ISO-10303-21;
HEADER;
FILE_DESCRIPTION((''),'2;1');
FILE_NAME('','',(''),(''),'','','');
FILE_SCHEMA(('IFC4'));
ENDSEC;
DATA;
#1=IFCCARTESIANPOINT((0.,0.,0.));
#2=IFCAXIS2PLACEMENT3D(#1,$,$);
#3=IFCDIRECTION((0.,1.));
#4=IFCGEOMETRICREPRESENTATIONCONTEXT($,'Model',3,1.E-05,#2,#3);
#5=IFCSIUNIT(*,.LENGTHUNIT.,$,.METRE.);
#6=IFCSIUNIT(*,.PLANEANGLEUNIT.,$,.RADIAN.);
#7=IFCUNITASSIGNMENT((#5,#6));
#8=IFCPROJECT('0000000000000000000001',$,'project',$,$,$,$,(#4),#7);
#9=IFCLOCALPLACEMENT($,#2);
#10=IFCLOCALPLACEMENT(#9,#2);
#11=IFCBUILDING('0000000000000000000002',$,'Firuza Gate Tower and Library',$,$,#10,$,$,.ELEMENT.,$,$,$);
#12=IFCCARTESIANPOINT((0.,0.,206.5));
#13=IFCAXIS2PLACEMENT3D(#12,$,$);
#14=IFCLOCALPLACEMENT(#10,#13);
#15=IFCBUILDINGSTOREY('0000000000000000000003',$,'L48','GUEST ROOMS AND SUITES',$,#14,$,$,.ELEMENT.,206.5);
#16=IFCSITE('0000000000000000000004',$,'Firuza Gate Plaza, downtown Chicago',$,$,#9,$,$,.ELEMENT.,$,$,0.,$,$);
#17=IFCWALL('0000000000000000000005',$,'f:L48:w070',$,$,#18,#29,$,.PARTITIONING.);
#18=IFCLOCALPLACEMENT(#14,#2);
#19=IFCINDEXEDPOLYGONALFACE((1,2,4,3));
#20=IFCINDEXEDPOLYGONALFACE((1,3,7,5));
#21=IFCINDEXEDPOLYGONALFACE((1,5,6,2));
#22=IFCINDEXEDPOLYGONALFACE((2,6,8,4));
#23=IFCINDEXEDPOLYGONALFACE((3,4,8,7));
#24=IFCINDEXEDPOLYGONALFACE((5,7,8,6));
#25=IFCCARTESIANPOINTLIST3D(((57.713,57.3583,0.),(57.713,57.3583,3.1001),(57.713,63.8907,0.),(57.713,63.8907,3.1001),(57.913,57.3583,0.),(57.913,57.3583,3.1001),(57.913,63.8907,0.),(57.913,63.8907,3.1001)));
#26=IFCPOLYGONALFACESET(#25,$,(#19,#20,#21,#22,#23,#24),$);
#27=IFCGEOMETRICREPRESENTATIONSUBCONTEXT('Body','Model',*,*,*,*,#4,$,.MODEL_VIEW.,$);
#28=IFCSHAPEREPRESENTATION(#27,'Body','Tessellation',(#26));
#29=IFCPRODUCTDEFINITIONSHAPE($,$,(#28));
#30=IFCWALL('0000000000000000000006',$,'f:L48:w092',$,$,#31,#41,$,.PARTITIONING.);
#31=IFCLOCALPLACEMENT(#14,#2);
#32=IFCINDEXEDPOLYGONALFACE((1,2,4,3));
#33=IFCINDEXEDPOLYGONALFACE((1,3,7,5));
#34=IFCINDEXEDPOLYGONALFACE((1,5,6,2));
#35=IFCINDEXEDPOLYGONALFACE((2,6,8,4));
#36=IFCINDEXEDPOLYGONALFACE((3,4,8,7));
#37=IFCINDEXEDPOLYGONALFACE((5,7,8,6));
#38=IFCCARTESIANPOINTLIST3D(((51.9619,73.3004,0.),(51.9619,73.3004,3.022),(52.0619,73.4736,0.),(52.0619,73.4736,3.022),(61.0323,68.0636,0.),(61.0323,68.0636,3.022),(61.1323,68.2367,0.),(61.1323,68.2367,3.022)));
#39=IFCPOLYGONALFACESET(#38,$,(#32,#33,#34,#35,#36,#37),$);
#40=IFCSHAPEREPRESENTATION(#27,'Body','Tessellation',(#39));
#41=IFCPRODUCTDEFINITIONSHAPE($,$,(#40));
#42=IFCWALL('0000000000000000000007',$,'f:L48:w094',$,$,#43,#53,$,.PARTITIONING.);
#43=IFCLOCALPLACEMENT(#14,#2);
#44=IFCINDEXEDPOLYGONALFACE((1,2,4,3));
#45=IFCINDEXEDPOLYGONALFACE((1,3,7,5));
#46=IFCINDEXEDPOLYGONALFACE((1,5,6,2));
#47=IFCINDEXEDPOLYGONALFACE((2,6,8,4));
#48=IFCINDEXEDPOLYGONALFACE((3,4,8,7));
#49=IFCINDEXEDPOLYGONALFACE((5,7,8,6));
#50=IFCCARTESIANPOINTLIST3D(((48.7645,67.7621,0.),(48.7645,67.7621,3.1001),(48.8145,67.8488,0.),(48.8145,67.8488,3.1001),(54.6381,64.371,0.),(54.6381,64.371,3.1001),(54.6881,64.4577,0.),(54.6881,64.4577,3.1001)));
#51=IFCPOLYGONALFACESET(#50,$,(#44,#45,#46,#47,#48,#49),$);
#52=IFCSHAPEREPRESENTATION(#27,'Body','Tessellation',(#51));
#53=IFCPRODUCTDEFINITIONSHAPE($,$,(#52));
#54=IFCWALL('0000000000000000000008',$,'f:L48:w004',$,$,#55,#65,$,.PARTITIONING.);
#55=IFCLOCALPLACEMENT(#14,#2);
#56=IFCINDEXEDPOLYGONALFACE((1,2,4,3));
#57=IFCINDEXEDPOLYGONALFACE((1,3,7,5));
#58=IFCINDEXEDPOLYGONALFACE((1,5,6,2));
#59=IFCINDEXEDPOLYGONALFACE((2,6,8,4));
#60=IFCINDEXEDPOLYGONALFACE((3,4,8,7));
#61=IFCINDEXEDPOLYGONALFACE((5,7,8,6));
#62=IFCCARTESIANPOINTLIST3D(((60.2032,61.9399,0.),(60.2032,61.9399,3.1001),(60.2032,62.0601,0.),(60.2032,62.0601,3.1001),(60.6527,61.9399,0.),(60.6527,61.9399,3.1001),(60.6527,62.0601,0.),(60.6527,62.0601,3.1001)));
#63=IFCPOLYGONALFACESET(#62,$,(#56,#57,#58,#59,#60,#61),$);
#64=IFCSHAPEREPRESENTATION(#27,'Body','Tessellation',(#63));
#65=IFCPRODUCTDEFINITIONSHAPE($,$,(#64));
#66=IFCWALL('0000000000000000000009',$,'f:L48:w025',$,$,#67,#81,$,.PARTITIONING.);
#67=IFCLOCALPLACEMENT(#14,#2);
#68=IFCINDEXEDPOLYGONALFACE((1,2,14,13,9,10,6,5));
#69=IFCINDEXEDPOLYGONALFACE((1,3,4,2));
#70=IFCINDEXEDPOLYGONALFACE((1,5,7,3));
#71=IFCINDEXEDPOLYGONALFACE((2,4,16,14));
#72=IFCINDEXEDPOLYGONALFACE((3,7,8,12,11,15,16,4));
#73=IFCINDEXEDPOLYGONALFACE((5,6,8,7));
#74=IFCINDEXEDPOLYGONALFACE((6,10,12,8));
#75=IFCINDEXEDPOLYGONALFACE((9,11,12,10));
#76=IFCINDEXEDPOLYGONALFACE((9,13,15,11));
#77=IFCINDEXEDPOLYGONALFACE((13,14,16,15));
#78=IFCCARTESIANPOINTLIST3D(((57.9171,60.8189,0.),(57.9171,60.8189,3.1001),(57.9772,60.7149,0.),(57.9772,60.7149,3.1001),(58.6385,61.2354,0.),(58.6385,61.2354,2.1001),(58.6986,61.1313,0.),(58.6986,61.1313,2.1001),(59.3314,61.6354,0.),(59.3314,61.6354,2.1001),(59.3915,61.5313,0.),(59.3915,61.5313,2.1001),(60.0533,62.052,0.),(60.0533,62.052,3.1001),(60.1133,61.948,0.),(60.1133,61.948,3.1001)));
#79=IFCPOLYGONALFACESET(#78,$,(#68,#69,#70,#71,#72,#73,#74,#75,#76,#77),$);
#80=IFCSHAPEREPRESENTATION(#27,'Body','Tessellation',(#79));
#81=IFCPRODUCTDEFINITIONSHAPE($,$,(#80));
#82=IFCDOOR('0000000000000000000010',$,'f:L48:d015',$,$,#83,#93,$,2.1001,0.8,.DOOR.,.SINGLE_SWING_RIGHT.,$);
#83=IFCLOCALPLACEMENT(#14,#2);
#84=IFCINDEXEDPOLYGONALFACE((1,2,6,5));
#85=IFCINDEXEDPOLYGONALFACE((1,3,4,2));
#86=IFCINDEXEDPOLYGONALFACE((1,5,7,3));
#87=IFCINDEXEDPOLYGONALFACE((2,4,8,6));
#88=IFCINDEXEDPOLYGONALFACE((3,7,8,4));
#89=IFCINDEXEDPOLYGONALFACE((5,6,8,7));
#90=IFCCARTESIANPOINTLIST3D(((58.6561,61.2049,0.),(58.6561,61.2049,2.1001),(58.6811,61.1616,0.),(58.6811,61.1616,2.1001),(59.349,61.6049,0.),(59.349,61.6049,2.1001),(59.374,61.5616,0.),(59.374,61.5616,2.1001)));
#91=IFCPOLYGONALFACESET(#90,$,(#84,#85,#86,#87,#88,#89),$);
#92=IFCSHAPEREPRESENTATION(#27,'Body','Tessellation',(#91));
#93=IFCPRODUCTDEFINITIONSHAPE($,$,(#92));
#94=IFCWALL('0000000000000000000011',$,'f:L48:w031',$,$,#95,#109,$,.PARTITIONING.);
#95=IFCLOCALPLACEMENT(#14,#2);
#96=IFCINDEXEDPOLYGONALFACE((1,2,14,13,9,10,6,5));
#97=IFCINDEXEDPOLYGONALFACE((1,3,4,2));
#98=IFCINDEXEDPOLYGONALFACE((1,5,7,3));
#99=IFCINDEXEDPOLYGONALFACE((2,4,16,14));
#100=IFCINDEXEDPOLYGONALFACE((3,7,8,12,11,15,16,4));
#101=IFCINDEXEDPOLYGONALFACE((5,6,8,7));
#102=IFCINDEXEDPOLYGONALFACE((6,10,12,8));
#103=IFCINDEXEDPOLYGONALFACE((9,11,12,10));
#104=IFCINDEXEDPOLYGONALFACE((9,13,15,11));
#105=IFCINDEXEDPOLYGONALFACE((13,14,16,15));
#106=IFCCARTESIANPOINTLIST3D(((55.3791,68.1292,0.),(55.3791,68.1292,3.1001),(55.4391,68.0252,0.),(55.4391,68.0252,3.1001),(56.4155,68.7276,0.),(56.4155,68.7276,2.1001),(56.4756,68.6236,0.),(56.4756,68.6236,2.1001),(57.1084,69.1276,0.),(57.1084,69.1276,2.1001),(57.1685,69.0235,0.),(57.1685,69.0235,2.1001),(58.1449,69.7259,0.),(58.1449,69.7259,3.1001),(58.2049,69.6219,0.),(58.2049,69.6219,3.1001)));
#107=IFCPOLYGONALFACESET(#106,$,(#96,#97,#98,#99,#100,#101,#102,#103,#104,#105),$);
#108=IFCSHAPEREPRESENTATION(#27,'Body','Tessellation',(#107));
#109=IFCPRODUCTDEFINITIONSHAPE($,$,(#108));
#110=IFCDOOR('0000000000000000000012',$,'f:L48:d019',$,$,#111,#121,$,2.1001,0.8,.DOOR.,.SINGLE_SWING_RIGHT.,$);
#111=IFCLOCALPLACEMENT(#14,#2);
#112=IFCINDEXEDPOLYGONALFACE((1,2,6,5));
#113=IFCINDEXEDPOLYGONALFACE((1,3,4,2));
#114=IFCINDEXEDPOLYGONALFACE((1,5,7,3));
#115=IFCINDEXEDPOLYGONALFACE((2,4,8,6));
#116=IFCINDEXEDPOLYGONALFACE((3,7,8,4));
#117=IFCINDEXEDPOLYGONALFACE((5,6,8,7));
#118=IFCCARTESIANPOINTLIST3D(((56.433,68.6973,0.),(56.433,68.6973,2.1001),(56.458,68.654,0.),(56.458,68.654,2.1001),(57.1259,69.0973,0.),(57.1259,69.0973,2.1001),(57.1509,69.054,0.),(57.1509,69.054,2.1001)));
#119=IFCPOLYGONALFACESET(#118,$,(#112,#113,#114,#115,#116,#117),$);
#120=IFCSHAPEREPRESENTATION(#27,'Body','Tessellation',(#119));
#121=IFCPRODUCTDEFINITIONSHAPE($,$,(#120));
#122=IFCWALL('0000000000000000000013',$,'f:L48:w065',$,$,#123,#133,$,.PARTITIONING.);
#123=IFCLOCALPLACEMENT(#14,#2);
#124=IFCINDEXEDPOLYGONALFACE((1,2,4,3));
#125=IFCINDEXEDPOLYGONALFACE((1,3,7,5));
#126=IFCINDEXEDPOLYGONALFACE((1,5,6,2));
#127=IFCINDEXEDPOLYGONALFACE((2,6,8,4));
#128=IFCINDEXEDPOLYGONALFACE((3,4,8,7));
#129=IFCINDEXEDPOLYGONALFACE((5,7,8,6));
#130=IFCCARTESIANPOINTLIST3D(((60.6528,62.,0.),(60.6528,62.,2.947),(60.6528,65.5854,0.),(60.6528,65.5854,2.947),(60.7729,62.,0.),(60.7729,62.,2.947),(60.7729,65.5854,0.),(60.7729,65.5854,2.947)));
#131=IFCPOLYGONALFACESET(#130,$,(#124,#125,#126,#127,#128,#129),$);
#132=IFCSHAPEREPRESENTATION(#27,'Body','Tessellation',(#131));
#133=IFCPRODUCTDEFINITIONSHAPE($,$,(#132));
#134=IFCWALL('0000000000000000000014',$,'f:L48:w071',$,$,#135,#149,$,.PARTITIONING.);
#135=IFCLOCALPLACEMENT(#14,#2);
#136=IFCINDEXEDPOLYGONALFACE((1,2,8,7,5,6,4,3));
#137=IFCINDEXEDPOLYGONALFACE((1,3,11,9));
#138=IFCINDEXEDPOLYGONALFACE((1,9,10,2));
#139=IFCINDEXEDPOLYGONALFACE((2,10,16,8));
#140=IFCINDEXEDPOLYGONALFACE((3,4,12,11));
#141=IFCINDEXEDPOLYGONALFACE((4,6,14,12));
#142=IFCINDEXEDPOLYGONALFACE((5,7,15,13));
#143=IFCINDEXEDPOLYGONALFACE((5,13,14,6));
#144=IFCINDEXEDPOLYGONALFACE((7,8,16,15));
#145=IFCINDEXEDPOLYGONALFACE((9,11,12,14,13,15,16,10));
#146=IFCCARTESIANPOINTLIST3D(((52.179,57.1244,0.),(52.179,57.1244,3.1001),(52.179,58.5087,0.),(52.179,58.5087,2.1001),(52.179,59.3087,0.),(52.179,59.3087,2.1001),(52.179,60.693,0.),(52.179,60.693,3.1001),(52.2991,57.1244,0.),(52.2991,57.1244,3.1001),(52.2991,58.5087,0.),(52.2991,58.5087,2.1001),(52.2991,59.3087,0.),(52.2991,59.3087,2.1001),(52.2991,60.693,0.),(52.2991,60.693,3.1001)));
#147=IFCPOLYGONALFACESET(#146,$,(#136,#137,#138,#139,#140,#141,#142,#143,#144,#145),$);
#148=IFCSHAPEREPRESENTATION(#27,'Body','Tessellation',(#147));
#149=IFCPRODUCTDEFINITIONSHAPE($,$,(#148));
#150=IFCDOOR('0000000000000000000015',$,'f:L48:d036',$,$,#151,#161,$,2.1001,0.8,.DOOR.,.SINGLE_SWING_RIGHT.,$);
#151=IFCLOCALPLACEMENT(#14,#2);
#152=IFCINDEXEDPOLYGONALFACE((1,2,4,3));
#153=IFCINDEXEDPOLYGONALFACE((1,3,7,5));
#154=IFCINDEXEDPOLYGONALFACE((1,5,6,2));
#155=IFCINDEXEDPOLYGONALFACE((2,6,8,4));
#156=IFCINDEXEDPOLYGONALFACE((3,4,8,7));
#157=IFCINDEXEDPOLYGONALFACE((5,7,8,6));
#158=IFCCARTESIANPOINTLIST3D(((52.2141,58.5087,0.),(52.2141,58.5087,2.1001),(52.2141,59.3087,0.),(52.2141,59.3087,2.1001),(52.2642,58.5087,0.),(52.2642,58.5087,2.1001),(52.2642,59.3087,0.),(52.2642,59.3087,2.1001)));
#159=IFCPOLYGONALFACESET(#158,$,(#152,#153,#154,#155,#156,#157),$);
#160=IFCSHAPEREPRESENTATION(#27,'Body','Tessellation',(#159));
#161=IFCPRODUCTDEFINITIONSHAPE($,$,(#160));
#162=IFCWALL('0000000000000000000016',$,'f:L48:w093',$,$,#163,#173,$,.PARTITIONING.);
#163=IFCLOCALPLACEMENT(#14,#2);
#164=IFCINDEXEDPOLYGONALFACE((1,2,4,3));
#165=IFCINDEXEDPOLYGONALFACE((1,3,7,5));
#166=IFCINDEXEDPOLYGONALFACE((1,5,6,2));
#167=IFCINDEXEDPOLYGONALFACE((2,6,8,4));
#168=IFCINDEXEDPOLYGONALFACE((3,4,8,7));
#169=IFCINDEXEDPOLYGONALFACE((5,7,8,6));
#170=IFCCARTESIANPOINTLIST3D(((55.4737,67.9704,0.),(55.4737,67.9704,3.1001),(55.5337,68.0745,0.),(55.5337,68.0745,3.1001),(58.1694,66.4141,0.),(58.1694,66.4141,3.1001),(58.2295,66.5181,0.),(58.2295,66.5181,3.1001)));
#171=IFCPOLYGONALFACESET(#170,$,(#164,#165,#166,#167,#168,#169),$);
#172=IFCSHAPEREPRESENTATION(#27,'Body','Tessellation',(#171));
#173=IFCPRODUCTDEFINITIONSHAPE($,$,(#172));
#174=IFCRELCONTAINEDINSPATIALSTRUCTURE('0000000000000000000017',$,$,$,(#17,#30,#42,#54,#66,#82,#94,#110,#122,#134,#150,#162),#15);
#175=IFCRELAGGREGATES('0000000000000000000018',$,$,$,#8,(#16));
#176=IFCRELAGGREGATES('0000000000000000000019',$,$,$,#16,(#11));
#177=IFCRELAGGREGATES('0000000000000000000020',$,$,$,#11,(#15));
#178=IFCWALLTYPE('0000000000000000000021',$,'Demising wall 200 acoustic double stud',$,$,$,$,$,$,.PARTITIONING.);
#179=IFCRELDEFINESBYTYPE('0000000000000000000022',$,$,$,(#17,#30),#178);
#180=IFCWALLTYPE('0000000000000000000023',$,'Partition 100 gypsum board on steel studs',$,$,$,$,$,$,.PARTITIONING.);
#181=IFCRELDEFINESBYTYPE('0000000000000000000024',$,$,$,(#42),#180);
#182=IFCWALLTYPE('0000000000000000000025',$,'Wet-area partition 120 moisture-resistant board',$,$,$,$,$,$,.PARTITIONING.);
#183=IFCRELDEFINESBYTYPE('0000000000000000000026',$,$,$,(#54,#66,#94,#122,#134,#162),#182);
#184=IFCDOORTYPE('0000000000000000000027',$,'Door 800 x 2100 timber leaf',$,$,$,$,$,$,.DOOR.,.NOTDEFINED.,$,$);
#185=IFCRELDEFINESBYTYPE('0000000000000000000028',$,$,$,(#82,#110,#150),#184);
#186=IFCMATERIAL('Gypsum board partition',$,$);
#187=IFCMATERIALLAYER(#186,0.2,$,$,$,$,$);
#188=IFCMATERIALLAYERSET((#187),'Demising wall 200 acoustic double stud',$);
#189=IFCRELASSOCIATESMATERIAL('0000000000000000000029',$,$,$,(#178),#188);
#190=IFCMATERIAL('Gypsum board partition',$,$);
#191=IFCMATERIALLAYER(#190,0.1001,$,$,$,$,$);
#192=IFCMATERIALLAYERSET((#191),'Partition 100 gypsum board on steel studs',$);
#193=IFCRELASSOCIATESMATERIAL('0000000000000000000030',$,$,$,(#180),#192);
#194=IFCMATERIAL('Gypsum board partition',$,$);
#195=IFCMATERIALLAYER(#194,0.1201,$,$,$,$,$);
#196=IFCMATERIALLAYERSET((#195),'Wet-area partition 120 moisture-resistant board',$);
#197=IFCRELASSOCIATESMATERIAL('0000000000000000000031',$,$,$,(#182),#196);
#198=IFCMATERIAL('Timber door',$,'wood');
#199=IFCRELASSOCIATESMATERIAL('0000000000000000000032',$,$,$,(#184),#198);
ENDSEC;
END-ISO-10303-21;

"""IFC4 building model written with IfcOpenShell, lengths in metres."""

from ifc_helpers import new_model, si_unit, direction, frame, frame_2d, origin, place, context, subcontext, project, spatial, rectangle, extrude, material, layer, layer_set, type_object, element, fill, save


model = new_model("IFC4")

# Units and contexts
model_context = context("Model", 3, precision=1e-05, world=origin(), true_north=direction((0.0, 1.0)))
body_context = subcontext(model_context, "Body", "Model", "MODEL_VIEW")
ifc_project = project(units=[si_unit("LENGTHUNIT", "METRE"), si_unit("PLANEANGLEUNIT", "RADIAN")], contexts=[model_context])

# Site, building, storey
site_placement = place(None, origin())
site = spatial("IfcSite", under=ifc_project, at=site_placement, Name="Firuza Gate Plaza, downtown Chicago", CompositionType="ELEMENT", RefElevation=0.0)
building_placement = place(site_placement, origin())
building = spatial("IfcBuilding", under=site, at=building_placement, Name="Firuza Gate Tower and Library", CompositionType="ELEMENT")
storey_placement = place(building_placement, frame((0.0, 0.0, 206.5)))
storey = spatial("IfcBuildingStorey", under=building, at=storey_placement, Name="L48", Description="GUEST ROOMS AND SUITES", CompositionType="ELEMENT", Elevation=206.5)

# Walls
ifc_material_1 = material(Name="Gypsum board partition")
ifc_layer_1 = layer(ifc_material_1, 0.2)
ifc_layer_set_1 = layer_set([ifc_layer_1], Name="Demising wall 200 acoustic double stud")
wall_type_1 = type_object("IfcWallType", Name="Demising wall 200 acoustic double stud", PredefinedType="PARTITIONING", material=ifc_layer_set_1)
wall_1_placement = place(storey_placement, frame((57.813, 57.3584, 0.0), z_axis=(0.0, 0.0, 1.0), x_axis=(0.0, 1.0, 0.0)))
element("IfcWall", 1, at=wall_1_placement, inside=storey, type_object=wall_type_1, Name="f:L48:w070", PredefinedType="PARTITIONING", context=body_context, shape_type="SweptSolid", body=[
    extrude(rectangle(XDim=6.5325, YDim=0.2, at=frame_2d((3.2661, 0.0))), origin(), (0.0, 0.0, 1.0), 3.1001),
])
wall_2_placement = place(storey_placement, frame((61.0823, 68.1501, 0.0), z_axis=(0.0, 0.0, 1.0), x_axis=(-0.866023, 0.500005, 0.0)))
element("IfcWall", 2, at=wall_2_placement, inside=storey, type_object=wall_type_1, Name="f:L48:w092", PredefinedType="PARTITIONING", context=body_context, shape_type="SweptSolid", body=[
    extrude(rectangle(XDim=10.4736, YDim=0.2, at=frame_2d((5.2368, 0.0))), origin(), (0.0, 0.0, 1.0), 3.022),
])
ifc_material_2 = material(Name="Gypsum board partition")
ifc_layer_2 = layer(ifc_material_2, 0.1001)
ifc_layer_set_2 = layer_set([ifc_layer_2], Name="Partition 100 gypsum board on steel studs")
wall_type_2 = type_object("IfcWallType", Name="Partition 100 gypsum board on steel studs", PredefinedType="PARTITIONING", material=ifc_layer_set_2)
wall_3_placement = place(storey_placement, frame((54.6631, 64.4143, 0.0), z_axis=(0.0, 0.0, 1.0), x_axis=(-0.866024, 0.500003, 0.0)))
element("IfcWall", 3, at=wall_3_placement, inside=storey, type_object=wall_type_2, Name="f:L48:w094", PredefinedType="PARTITIONING", context=body_context, shape_type="SweptSolid", body=[
    extrude(rectangle(XDim=6.7822, YDim=0.1001, at=frame_2d((3.3911, 0.0))), origin(), (0.0, 0.0, 1.0), 3.1001),
])
ifc_material_3 = material(Name="Gypsum board partition")
ifc_layer_3 = layer(ifc_material_3, 0.1201)
ifc_layer_set_3 = layer_set([ifc_layer_3], Name="Wet-area partition 120 moisture-resistant board")
wall_type_3 = type_object("IfcWallType", Name="Wet-area partition 120 moisture-resistant board", PredefinedType="PARTITIONING", material=ifc_layer_set_3)
wall_4_placement = place(storey_placement, frame((60.2034, 62.0, 0.0), z_axis=(0.0, 0.0, 1.0), x_axis=(1.0, 0.0, 0.0)))
element("IfcWall", 4, at=wall_4_placement, inside=storey, type_object=wall_type_3, Name="f:L48:w004", PredefinedType="PARTITIONING", context=body_context, shape_type="SweptSolid", body=[
    extrude(rectangle(XDim=0.4495, YDim=0.1201, at=frame_2d((0.2246, 0.0))), origin(), (0.0, 0.0, 1.0), 3.1001),
])

# Walls, openings, doors
wall_5_placement = place(storey_placement, frame((57.947, 60.7668, 0.0), z_axis=(0.0, 0.0, 1.0), x_axis=(0.86606, 0.49994, 0.0)))
wall_5 = element("IfcWall", 5, at=wall_5_placement, inside=storey, type_object=wall_type_3, Name="f:L48:w025", PredefinedType="PARTITIONING", context=body_context, shape_type="SweptSolid", body=[
    extrude(rectangle(XDim=2.4666, YDim=0.1201, at=frame_2d((1.2334, 0.0))), origin(), (0.0, 0.0, 1.0), 3.1001),
])
opening_1_placement = place(wall_5_placement, frame((0.8333, 0.0, 0.0)))
opening_1 = element("IfcOpeningElement", 6, at=opening_1_placement, cuts=wall_5, PredefinedType="OPENING", context=body_context, shape_type="SweptSolid", body=[
    extrude(rectangle(XDim=0.8, YDim=2.1001, at=frame_2d((0.3999, 1.05))), frame((0.0, 0.0701, 0.0), z_axis=(0.0, -1.0, 0.0), x_axis=(1.0, 0.0, 0.0)), (0.0, 0.0, 1.0), 0.1401),
])
ifc_material_4 = material(Name="Timber door", Category="wood")
door_type_1 = type_object("IfcDoorType", Name="Door 800 x 2100 timber leaf", OperationType="NOTDEFINED", PredefinedType="DOOR", material=ifc_material_4)
door_1_placement = place(opening_1_placement, origin())
door_1 = element("IfcDoor", 7, at=door_1_placement, inside=storey, type_object=door_type_1, Name="f:L48:d015", OperationType="SINGLE_SWING_RIGHT", OverallHeight=2.1001, OverallWidth=0.8, PredefinedType="DOOR", context=body_context, shape_type="SweptSolid", body=[
    extrude(rectangle(XDim=0.8, YDim=2.1001, at=frame_2d((0.3999, 1.05))), frame((0.0, 0.0249, 0.0), z_axis=(0.0, -1.0, 0.0), x_axis=(1.0, 0.0, 0.0)), (0.0, 0.0, 1.0), 0.05),
])
fill(opening_1, door_1)
wall_6_placement = place(storey_placement, frame((58.1748, 69.6738, 0.0), z_axis=(0.0, 0.0, 1.0), x_axis=(-0.866052, -0.499954, 0.0)))
wall_6 = element("IfcWall", 8, at=wall_6_placement, inside=storey, type_object=wall_type_3, Name="f:L48:w031", PredefinedType="PARTITIONING", context=body_context, shape_type="SweptSolid", body=[
    extrude(rectangle(XDim=3.1936, YDim=0.1201, at=frame_2d((1.5967, 0.0))), origin(), (0.0, 0.0, 1.0), 3.1001),
])
opening_2_placement = place(wall_6_placement, frame((1.1968, 0.0, 0.0)))
opening_2 = element("IfcOpeningElement", 9, at=opening_2_placement, cuts=wall_6, PredefinedType="OPENING", context=body_context, shape_type="SweptSolid", body=[
    extrude(rectangle(XDim=0.8, YDim=2.1001, at=frame_2d((0.3999, 1.05))), frame((0.0, 0.0701, 0.0), z_axis=(0.0, -1.0, 0.0), x_axis=(1.0, 0.0, 0.0)), (0.0, 0.0, 1.0), 0.1401),
])
door_2_placement = place(opening_2_placement, origin())
door_2 = element("IfcDoor", 10, at=door_2_placement, inside=storey, type_object=door_type_1, Name="f:L48:d019", OperationType="SINGLE_SWING_RIGHT", OverallHeight=2.1001, OverallWidth=0.8, PredefinedType="DOOR", context=body_context, shape_type="SweptSolid", body=[
    extrude(rectangle(XDim=0.8, YDim=2.1001, at=frame_2d((0.3999, 1.05))), frame((0.0, 0.0249, 0.0), z_axis=(0.0, -1.0, 0.0), x_axis=(1.0, 0.0, 0.0)), (0.0, 0.0, 1.0), 0.05),
])
fill(opening_2, door_2)

# Wall
wall_7_placement = place(storey_placement, frame((60.7129, 62.0, 0.0), z_axis=(0.0, 0.0, 1.0), x_axis=(0.0, 1.0, 0.0)))
element("IfcWall", 11, at=wall_7_placement, inside=storey, type_object=wall_type_3, Name="f:L48:w065", PredefinedType="PARTITIONING", context=body_context, shape_type="SweptSolid", body=[
    extrude(rectangle(XDim=3.5854, YDim=0.1201, at=frame_2d((1.7927, 0.0))), origin(), (0.0, 0.0, 1.0), 2.947),
])

# Wall, opening, door
wall_8_placement = place(storey_placement, frame((52.239, 57.1245, 0.0), z_axis=(0.0, 0.0, 1.0), x_axis=(0.0, 1.0, 0.0)))
wall_8 = element("IfcWall", 12, at=wall_8_placement, inside=storey, type_object=wall_type_3, Name="f:L48:w071", PredefinedType="PARTITIONING", context=body_context, shape_type="SweptSolid", body=[
    extrude(rectangle(XDim=3.5686, YDim=0.1201, at=frame_2d((1.7842, 0.0))), origin(), (0.0, 0.0, 1.0), 3.1001),
])
opening_3_placement = place(wall_8_placement, frame((1.3843, 0.0, 0.0)))
opening_3 = element("IfcOpeningElement", 13, at=opening_3_placement, cuts=wall_8, PredefinedType="OPENING", context=body_context, shape_type="SweptSolid", body=[
    extrude(rectangle(XDim=0.8, YDim=2.1001, at=frame_2d((0.3999, 1.05))), frame((0.0, 0.0701, 0.0), z_axis=(0.0, -1.0, 0.0), x_axis=(1.0, 0.0, 0.0)), (0.0, 0.0, 1.0), 0.1401),
])
door_3_placement = place(opening_3_placement, origin())
door_3 = element("IfcDoor", 14, at=door_3_placement, inside=storey, type_object=door_type_1, Name="f:L48:d036", OperationType="SINGLE_SWING_RIGHT", OverallHeight=2.1001, OverallWidth=0.8, PredefinedType="DOOR", context=body_context, shape_type="SweptSolid", body=[
    extrude(rectangle(XDim=0.8, YDim=2.1001, at=frame_2d((0.3999, 1.05))), frame((0.0, 0.0249, 0.0), z_axis=(0.0, -1.0, 0.0), x_axis=(1.0, 0.0, 0.0)), (0.0, 0.0, 1.0), 0.05),
])
fill(opening_3, door_3)

# Wall
wall_9_placement = place(storey_placement, frame((58.1995, 66.4661, 0.0), z_axis=(0.0, 0.0, 1.0), x_axis=(-0.866029, 0.499994, 0.0)))
element("IfcWall", 15, at=wall_9_placement, inside=storey, type_object=wall_type_3, Name="f:L48:w093", PredefinedType="PARTITIONING", context=body_context, shape_type="SweptSolid", body=[
    extrude(rectangle(XDim=3.1128, YDim=0.1201, at=frame_2d((1.5564, 0.0))), origin(), (0.0, 0.0, 1.0), 3.1001),
])

save(model, "model.ifc")
